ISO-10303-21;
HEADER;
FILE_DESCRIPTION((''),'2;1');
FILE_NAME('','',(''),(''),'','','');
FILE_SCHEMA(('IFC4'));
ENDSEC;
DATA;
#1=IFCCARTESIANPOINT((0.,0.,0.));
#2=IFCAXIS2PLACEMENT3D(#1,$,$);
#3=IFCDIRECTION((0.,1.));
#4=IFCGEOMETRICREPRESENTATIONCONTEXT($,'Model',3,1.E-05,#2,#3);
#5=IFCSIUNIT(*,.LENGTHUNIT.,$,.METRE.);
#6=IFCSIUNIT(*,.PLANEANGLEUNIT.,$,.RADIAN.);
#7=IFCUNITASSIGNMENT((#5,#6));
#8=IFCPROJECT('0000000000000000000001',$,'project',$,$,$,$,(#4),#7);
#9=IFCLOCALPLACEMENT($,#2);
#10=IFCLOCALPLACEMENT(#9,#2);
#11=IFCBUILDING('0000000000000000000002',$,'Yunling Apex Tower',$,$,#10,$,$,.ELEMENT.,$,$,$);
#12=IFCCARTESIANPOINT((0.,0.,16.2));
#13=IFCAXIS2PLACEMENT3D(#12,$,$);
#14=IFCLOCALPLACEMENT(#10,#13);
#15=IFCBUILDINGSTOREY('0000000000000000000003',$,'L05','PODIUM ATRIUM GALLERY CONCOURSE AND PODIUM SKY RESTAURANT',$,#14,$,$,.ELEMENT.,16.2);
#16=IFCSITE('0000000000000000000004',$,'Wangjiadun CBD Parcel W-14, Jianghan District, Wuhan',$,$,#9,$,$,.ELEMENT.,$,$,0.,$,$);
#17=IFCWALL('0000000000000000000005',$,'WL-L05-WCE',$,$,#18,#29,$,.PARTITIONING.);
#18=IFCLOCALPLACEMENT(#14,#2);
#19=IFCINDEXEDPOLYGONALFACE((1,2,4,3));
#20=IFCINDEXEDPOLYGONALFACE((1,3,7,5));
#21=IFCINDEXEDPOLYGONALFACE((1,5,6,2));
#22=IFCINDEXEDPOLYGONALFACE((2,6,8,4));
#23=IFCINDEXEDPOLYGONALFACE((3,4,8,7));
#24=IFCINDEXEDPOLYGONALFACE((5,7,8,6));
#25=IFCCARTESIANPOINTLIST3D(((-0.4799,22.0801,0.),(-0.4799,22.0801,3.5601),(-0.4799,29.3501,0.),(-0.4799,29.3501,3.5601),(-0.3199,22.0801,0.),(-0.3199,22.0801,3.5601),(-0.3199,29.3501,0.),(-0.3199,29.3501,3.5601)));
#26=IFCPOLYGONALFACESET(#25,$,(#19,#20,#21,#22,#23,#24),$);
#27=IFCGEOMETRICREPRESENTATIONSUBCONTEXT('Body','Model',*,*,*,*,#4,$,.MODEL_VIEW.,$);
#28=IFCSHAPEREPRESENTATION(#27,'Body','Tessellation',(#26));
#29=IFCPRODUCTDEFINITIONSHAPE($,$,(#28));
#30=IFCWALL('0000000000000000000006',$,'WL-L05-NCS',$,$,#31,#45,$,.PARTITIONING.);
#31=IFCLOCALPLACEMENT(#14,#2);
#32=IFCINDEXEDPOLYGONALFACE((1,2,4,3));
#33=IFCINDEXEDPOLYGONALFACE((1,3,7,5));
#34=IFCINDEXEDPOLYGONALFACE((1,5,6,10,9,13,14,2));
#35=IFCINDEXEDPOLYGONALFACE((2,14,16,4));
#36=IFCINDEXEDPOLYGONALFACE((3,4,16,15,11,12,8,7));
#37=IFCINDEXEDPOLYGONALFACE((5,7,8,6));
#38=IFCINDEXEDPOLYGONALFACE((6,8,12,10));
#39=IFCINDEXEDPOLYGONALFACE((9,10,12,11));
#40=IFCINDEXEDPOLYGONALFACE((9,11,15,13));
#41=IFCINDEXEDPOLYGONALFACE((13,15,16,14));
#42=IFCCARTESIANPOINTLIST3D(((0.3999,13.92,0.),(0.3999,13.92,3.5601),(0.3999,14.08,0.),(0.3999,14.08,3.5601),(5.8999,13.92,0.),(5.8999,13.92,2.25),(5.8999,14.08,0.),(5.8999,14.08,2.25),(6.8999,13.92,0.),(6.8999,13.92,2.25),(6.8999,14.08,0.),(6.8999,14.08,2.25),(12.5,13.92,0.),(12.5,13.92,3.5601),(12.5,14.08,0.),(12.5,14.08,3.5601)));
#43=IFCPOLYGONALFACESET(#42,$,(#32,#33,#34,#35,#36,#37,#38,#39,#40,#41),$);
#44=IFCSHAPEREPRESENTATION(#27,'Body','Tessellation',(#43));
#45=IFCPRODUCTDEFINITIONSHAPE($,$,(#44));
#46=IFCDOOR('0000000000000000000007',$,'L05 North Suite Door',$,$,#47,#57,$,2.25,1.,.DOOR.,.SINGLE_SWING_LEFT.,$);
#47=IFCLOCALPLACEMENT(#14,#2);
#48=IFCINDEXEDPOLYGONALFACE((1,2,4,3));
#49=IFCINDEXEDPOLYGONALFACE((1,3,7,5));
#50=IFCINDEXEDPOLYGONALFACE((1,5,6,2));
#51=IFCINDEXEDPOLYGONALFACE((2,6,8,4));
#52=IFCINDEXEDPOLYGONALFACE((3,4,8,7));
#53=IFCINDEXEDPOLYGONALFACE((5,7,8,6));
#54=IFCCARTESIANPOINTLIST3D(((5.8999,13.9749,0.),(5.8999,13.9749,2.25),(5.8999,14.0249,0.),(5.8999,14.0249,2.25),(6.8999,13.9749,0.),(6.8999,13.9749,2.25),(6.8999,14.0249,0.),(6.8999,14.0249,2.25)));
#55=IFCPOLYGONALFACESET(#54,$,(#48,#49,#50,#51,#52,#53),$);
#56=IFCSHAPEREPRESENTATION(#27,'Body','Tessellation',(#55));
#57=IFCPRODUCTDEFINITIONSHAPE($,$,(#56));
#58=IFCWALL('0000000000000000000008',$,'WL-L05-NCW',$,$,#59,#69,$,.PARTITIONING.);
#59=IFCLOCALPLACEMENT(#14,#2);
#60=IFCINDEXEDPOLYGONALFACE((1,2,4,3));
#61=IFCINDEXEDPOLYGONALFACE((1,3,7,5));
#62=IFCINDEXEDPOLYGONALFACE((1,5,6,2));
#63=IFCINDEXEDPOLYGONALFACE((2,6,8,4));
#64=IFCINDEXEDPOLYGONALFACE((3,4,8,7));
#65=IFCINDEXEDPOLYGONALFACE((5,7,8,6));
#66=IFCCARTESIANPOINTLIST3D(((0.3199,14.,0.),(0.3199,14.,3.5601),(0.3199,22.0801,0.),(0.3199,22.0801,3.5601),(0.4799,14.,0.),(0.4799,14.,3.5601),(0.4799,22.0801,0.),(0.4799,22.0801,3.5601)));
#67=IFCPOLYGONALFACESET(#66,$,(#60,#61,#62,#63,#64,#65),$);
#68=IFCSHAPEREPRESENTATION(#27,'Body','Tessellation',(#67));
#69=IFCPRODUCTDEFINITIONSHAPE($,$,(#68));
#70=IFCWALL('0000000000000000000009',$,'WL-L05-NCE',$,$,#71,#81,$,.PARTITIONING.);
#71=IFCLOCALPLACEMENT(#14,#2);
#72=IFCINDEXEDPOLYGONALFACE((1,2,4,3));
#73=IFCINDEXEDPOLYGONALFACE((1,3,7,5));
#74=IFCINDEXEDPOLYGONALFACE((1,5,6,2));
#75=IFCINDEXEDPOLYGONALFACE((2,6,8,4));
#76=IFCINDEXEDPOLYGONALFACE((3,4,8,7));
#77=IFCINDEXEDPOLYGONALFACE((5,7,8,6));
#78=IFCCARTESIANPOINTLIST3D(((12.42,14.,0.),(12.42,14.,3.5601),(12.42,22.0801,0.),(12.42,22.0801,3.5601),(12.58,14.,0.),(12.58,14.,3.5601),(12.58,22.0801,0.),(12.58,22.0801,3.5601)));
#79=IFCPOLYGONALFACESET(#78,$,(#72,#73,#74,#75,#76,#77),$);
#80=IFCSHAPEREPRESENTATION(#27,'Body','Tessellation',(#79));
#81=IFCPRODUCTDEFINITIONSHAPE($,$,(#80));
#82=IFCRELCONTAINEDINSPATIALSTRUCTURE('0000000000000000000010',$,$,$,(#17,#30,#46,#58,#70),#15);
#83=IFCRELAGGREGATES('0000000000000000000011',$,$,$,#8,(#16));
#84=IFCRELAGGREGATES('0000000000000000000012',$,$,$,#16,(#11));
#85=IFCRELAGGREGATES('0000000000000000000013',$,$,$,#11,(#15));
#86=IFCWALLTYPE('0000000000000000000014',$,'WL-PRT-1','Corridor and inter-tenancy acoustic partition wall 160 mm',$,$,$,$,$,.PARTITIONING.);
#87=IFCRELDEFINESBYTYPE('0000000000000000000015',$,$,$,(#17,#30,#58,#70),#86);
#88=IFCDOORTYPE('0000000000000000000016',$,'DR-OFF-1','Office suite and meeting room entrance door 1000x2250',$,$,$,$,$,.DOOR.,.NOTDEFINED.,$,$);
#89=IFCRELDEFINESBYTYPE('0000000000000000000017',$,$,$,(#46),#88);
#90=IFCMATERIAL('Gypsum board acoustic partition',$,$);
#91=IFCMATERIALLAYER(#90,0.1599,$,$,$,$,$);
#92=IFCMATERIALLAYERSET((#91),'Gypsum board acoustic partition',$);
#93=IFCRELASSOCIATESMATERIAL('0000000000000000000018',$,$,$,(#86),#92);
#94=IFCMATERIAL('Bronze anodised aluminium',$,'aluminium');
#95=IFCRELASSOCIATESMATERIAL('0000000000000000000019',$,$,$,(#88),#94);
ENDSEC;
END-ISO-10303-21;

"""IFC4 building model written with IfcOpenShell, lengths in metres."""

from ifc_helpers import new_model, si_unit, direction, frame, frame_2d, origin, place, context, subcontext, project, spatial, rectangle, extrude, material, layer, layer_set, type_object, element, fill, save


model = new_model("IFC4")

# Units and contexts
model_context = context("Model", 3, precision=1e-05, world=origin(), true_north=direction((0.0, 1.0)))
body_context = subcontext(model_context, "Body", "Model", "MODEL_VIEW")
ifc_project = project(units=[si_unit("LENGTHUNIT", "METRE"), si_unit("PLANEANGLEUNIT", "RADIAN")], contexts=[model_context])

# Site, building, storey
site_placement = place(None, origin())
site = spatial("IfcSite", under=ifc_project, at=site_placement, Name="Wangjiadun CBD Parcel W-14, Jianghan District, Wuhan", CompositionType="ELEMENT", RefElevation=0.0)
building_placement = place(site_placement, origin())
building = spatial("IfcBuilding", under=site, at=building_placement, Name="Yunling Apex Tower", CompositionType="ELEMENT")
storey_placement = place(building_placement, frame((0.0, 0.0, 16.2)))
storey = spatial("IfcBuildingStorey", under=building, at=storey_placement, Name="L05", Description="PODIUM ATRIUM GALLERY CONCOURSE AND PODIUM SKY RESTAURANT", CompositionType="ELEMENT", Elevation=16.2)

# Wall
ifc_material_1 = material(Name="Gypsum board acoustic partition")
ifc_layer_1 = layer(ifc_material_1, 0.1599)
ifc_layer_set_1 = layer_set([ifc_layer_1], Name="Gypsum board acoustic partition")
wall_type = type_object("IfcWallType", Name="WL-PRT-1", Description="Corridor and inter-tenancy acoustic partition wall 160 mm", PredefinedType="PARTITIONING", material=ifc_layer_set_1)
wall_1_placement = place(storey_placement, frame((-0.3999, 22.0801, 0.0), z_axis=(0.0, 0.0, 1.0), x_axis=(0.0, 1.0, 0.0)))
element("IfcWall", 1, at=wall_1_placement, inside=storey, type_object=wall_type, Name="WL-L05-WCE", PredefinedType="PARTITIONING", context=body_context, shape_type="SweptSolid", body=[
    extrude(rectangle(XDim=7.27, YDim=0.1599, at=frame_2d((3.635, 0.0))), origin(), (0.0, 0.0, 1.0), 3.5601),
])

# Wall, opening, door
wall_2_placement = place(storey_placement, frame((0.3999, 14.0, 0.0), z_axis=(0.0, 0.0, 1.0), x_axis=(1.0, 0.0, 0.0)))
wall_2 = element("IfcWall", 2, at=wall_2_placement, inside=storey, type_object=wall_type, Name="WL-L05-NCS", PredefinedType="PARTITIONING", context=body_context, shape_type="SweptSolid", body=[
    extrude(rectangle(XDim=12.1001, YDim=0.1599, at=frame_2d((6.05, 0.0))), origin(), (0.0, 0.0, 1.0), 3.5601),
])
opening_placement = place(wall_2_placement, frame((5.5, 0.0, 0.0)))
opening = element("IfcOpeningElement", 3, at=opening_placement, cuts=wall_2, PredefinedType="OPENING", context=body_context, shape_type="SweptSolid", body=[
    extrude(rectangle(XDim=1.0, YDim=2.25, at=frame_2d((0.5, 1.125))), frame((0.0, 0.0898, 0.0), z_axis=(0.0, -1.0, 0.0), x_axis=(1.0, 0.0, 0.0)), (0.0, 0.0, 1.0), 0.1799),
])
ifc_material_2 = material(Name="Bronze anodised aluminium", Category="aluminium")
door_type = type_object("IfcDoorType", Name="DR-OFF-1", Description="Office suite and meeting room entrance door 1000x2250", OperationType="NOTDEFINED", PredefinedType="DOOR", material=ifc_material_2)
door_placement = place(opening_placement, origin())
door = element("IfcDoor", 4, at=door_placement, inside=storey, type_object=door_type, Name="L05 North Suite Door", OperationType="SINGLE_SWING_LEFT", OverallHeight=2.25, OverallWidth=1.0, PredefinedType="DOOR", context=body_context, shape_type="SweptSolid", body=[
    extrude(rectangle(XDim=1.0, YDim=2.25, at=frame_2d((0.5, 1.125))), frame((0.0, 0.0249, 0.0), z_axis=(0.0, -1.0, 0.0), x_axis=(1.0, 0.0, 0.0)), (0.0, 0.0, 1.0), 0.05),
])
fill(opening, door)

# Walls
for number, where, z_axis, x_axis, name in (
    (5, (0.3999, 14.0, 0.0), (0.0, 0.0, 1.0), (0.0, 1.0, 0.0), "WL-L05-NCW"),
    (6, (12.5, 14.0, 0.0), (0.0, 0.0, 1.0), (0.0, 1.0, 0.0), "WL-L05-NCE"),
):
    element("IfcWall", number, at=place(storey_placement, frame(where, z_axis=z_axis, x_axis=x_axis)), inside=storey, type_object=wall_type, Name=name, PredefinedType="PARTITIONING", context=body_context, shape_type="SweptSolid", body=[
        extrude(rectangle(XDim=8.0801, YDim=0.1599, at=frame_2d((4.04, 0.0))), origin(), (0.0, 0.0, 1.0), 3.5601),
    ])

save(model, "model.ifc")
